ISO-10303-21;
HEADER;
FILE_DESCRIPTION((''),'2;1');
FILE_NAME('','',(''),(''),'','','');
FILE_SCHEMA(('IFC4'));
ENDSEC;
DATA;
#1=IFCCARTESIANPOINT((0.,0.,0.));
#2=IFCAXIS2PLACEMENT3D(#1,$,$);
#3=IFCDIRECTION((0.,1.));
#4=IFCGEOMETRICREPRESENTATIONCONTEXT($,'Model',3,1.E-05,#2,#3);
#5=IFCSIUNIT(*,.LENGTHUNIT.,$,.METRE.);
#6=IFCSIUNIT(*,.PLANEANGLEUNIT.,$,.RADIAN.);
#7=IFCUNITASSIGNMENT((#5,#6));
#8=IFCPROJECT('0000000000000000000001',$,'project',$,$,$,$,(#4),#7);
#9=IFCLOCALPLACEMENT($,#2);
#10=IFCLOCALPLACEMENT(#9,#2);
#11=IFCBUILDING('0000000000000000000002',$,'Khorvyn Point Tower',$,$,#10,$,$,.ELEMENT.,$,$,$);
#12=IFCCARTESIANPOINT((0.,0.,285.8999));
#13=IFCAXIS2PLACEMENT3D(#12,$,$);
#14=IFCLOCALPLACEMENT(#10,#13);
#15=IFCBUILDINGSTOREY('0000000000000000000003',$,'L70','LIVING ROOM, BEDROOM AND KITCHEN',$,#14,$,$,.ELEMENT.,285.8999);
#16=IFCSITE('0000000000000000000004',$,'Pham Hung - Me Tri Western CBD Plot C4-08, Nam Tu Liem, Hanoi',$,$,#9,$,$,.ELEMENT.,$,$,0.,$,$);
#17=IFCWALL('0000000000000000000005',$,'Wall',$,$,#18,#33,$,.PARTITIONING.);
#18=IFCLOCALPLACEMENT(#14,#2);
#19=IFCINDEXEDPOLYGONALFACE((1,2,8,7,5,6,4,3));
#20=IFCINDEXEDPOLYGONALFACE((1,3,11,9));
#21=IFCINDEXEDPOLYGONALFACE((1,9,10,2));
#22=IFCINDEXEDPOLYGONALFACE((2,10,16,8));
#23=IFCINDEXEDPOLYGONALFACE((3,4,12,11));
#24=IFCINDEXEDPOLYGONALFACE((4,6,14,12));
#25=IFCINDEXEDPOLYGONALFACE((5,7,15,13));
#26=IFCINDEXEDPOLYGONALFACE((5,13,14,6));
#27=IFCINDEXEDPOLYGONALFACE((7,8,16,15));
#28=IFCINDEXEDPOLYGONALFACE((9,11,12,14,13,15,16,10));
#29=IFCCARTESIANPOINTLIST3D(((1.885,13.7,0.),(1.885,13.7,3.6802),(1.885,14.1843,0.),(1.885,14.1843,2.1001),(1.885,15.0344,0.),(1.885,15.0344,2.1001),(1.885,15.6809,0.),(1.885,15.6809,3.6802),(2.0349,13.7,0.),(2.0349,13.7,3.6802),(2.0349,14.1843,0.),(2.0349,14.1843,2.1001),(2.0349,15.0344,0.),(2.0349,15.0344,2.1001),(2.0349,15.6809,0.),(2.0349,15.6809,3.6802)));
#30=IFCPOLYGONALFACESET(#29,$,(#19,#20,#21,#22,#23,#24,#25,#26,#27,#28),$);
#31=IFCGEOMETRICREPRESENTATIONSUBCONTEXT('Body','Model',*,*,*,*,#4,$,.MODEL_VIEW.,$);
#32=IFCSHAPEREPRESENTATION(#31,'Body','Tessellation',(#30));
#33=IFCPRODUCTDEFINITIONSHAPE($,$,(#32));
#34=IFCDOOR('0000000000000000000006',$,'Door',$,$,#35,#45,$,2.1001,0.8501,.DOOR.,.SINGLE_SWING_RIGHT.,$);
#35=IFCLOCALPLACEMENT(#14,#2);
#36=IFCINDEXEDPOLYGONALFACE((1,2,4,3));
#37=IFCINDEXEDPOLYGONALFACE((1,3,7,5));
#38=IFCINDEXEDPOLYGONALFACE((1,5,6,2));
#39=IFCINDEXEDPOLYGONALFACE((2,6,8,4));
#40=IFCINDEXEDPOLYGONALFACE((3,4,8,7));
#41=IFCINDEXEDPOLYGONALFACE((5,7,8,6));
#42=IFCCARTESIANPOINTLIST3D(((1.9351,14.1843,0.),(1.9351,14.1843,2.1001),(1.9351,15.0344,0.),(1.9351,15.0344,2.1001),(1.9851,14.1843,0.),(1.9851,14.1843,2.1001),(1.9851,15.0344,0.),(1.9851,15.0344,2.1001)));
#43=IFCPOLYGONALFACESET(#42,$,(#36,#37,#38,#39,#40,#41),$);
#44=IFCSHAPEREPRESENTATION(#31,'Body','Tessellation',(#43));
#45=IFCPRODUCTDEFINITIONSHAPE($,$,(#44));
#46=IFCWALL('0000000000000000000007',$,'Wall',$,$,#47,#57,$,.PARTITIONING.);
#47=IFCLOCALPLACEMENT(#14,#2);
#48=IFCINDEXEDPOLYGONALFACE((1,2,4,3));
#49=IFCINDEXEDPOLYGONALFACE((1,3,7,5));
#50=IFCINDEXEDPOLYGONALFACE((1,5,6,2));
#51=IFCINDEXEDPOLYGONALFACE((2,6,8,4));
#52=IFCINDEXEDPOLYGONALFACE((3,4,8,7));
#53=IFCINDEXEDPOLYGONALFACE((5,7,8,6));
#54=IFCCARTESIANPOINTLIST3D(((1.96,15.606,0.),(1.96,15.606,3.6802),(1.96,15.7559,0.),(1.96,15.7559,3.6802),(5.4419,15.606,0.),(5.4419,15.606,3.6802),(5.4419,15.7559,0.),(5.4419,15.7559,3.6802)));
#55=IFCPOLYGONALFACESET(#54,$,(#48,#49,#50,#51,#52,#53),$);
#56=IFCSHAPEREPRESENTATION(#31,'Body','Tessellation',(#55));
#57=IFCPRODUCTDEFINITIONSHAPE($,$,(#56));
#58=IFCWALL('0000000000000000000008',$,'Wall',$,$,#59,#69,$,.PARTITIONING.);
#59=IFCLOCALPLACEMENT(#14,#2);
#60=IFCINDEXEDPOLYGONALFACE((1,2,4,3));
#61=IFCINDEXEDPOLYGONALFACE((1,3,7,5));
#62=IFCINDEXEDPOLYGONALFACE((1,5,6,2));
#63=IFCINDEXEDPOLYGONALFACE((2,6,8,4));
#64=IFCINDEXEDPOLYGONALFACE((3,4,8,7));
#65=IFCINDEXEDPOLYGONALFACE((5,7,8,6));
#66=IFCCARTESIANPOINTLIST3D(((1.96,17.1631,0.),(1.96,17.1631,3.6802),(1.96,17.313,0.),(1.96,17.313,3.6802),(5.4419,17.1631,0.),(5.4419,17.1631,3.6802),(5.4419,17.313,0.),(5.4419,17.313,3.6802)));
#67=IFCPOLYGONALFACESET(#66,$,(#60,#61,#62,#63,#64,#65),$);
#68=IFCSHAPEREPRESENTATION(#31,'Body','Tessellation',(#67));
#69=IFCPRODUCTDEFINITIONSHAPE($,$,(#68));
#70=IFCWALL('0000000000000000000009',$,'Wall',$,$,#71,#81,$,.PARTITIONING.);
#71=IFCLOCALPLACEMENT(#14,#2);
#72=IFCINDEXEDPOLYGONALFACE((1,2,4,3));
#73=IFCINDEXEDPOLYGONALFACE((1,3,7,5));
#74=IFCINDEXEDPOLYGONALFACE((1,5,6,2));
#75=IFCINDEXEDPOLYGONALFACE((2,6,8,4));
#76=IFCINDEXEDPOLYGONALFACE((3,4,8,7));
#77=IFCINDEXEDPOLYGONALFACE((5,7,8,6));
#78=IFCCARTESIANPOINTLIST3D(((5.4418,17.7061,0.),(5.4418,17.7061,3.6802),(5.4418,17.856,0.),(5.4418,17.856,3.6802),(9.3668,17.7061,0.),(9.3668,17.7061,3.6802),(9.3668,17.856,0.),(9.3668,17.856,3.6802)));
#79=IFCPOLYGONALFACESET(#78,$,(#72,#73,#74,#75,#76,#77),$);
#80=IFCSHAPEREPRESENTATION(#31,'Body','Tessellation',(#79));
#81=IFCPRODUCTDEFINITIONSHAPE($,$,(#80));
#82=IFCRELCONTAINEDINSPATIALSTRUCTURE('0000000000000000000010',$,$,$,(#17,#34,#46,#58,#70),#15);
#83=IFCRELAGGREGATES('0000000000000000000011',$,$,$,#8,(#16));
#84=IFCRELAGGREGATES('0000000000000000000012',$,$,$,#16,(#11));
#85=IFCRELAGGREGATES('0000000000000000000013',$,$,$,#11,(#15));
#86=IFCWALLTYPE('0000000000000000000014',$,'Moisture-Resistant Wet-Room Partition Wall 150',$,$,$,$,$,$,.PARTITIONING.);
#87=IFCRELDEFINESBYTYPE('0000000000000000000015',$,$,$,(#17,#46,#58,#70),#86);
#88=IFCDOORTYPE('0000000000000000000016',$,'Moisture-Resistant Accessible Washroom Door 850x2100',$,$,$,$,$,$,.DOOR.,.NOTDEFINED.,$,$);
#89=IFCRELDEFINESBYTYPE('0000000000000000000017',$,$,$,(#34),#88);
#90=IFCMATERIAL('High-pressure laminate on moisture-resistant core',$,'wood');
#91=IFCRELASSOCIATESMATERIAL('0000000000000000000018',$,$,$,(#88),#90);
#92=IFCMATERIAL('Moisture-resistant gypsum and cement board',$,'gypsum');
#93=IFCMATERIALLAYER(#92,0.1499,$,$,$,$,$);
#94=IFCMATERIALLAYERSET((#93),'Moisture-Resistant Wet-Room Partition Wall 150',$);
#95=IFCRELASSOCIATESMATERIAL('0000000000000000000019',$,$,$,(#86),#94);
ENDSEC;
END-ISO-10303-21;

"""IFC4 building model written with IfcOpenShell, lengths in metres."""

from ifc_helpers import new_model, si_unit, direction, frame, frame_2d, origin, place, context, subcontext, project, spatial, rectangle, extrude, material, layer, layer_set, type_object, element, fill, save


model = new_model("IFC4")

# Units and contexts
model_context = context("Model", 3, precision=1e-05, world=origin(), true_north=direction((0.0, 1.0)))
body_context = subcontext(model_context, "Body", "Model", "MODEL_VIEW")
ifc_project = project(units=[si_unit("LENGTHUNIT", "METRE"), si_unit("PLANEANGLEUNIT", "RADIAN")], contexts=[model_context])

# Site, building, storey
site_placement = place(None, origin())
site = spatial("IfcSite", under=ifc_project, at=site_placement, Name="Pham Hung - Me Tri Western CBD Plot C4-08, Nam Tu Liem, Hanoi", CompositionType="ELEMENT", RefElevation=0.0)
building_placement = place(site_placement, origin())
building = spatial("IfcBuilding", under=site, at=building_placement, Name="Khorvyn Point Tower", CompositionType="ELEMENT")
storey_placement = place(building_placement, frame((0.0, 0.0, 285.8999)))
storey = spatial("IfcBuildingStorey", under=building, at=storey_placement, Name="L70", Description="LIVING ROOM, BEDROOM AND KITCHEN", CompositionType="ELEMENT", Elevation=285.8999)

# Wall, opening, door
ifc_material_1 = material(Name="High-pressure laminate on moisture-resistant core", Category="wood")
door_type_1 = type_object("IfcDoorType", Name="Moisture-Resistant Accessible Washroom Door 850x2100", OperationType="NOTDEFINED", PredefinedType="DOOR", material=ifc_material_1)
ifc_material_2 = material(Name="Moisture-resistant gypsum and cement board", Category="gypsum")
ifc_layer_1 = layer(ifc_material_2, 0.1499)
ifc_layer_set_1 = layer_set([ifc_layer_1], Name="Moisture-Resistant Wet-Room Partition Wall 150")
wall_type_1 = type_object("IfcWallType", Name="Moisture-Resistant Wet-Room Partition Wall 150", PredefinedType="PARTITIONING", material=ifc_layer_set_1)
wall_1_placement = place(storey_placement, frame((1.96, 13.7, 0.0), z_axis=(0.0, 0.0, 1.0), x_axis=(0.0, 1.0, 0.0)))
wall_1 = element("IfcWall", 1, at=wall_1_placement, inside=storey, type_object=wall_type_1, Name="Wall", PredefinedType="PARTITIONING", context=body_context, shape_type="SweptSolid", body=[
    extrude(rectangle(XDim=1.981, YDim=0.1499, at=frame_2d((0.9905, 0.0))), origin(), (0.0, 0.0, 1.0), 3.6802),
])
opening_1_placement = place(wall_1_placement, frame((0.4844, 0.0, 0.0)))
opening_1 = element("IfcOpeningElement", 2, at=opening_1_placement, cuts=wall_1, PredefinedType="OPENING", context=body_context, shape_type="SweptSolid", body=[
    extrude(rectangle(XDim=0.8501, YDim=2.1001, at=frame_2d((0.425, 1.05))), frame((0.0, 0.085, 0.0), z_axis=(0.0, -1.0, 0.0), x_axis=(1.0, 0.0, 0.0)), (0.0, 0.0, 1.0), 0.1699),
])
door_1_placement = place(opening_1_placement, origin())
door_1 = element("IfcDoor", 3, at=door_1_placement, inside=storey, type_object=door_type_1, Name="Door", OperationType="SINGLE_SWING_RIGHT", OverallHeight=2.1001, OverallWidth=0.8501, PredefinedType="DOOR", context=body_context, shape_type="SweptSolid", body=[
    extrude(rectangle(XDim=0.8501, YDim=2.1001, at=frame_2d((0.425, 1.05))), frame((0.0, 0.0249, 0.0), z_axis=(0.0, -1.0, 0.0), x_axis=(1.0, 0.0, 0.0)), (0.0, 0.0, 1.0), 0.05),
])
fill(opening_1, door_1)

# Walls
for number, where, z_axis, x_axis, name in (
    (4, (1.96, 15.6809, 0.0), (0.0, 0.0, 1.0), (1.0, 0.0, 0.0), "Wall"),
    (5, (1.96, 17.238, 0.0), (0.0, 0.0, 1.0), (1.0, 0.0, 0.0), "Wall"),
):
    element("IfcWall", number, at=place(storey_placement, frame(where, z_axis=z_axis, x_axis=x_axis)), inside=storey, type_object=wall_type_1, Name=name, PredefinedType="PARTITIONING", context=body_context, shape_type="SweptSolid", body=[
        extrude(rectangle(XDim=3.4819, YDim=0.1499, at=frame_2d((1.741, 0.0))), origin(), (0.0, 0.0, 1.0), 3.6802),
    ])
wall_2_placement = place(storey_placement, frame((5.4419, 17.781, 0.0), z_axis=(0.0, 0.0, 1.0), x_axis=(1.0, 0.0, 0.0)))
element("IfcWall", 6, at=wall_2_placement, inside=storey, type_object=wall_type_1, Name="Wall", PredefinedType="PARTITIONING", context=body_context, shape_type="SweptSolid", body=[
    extrude(rectangle(XDim=3.925, YDim=0.1499, at=frame_2d((1.9624, 0.0))), origin(), (0.0, 0.0, 1.0), 3.6802),
])

save(model, "model.ifc")
